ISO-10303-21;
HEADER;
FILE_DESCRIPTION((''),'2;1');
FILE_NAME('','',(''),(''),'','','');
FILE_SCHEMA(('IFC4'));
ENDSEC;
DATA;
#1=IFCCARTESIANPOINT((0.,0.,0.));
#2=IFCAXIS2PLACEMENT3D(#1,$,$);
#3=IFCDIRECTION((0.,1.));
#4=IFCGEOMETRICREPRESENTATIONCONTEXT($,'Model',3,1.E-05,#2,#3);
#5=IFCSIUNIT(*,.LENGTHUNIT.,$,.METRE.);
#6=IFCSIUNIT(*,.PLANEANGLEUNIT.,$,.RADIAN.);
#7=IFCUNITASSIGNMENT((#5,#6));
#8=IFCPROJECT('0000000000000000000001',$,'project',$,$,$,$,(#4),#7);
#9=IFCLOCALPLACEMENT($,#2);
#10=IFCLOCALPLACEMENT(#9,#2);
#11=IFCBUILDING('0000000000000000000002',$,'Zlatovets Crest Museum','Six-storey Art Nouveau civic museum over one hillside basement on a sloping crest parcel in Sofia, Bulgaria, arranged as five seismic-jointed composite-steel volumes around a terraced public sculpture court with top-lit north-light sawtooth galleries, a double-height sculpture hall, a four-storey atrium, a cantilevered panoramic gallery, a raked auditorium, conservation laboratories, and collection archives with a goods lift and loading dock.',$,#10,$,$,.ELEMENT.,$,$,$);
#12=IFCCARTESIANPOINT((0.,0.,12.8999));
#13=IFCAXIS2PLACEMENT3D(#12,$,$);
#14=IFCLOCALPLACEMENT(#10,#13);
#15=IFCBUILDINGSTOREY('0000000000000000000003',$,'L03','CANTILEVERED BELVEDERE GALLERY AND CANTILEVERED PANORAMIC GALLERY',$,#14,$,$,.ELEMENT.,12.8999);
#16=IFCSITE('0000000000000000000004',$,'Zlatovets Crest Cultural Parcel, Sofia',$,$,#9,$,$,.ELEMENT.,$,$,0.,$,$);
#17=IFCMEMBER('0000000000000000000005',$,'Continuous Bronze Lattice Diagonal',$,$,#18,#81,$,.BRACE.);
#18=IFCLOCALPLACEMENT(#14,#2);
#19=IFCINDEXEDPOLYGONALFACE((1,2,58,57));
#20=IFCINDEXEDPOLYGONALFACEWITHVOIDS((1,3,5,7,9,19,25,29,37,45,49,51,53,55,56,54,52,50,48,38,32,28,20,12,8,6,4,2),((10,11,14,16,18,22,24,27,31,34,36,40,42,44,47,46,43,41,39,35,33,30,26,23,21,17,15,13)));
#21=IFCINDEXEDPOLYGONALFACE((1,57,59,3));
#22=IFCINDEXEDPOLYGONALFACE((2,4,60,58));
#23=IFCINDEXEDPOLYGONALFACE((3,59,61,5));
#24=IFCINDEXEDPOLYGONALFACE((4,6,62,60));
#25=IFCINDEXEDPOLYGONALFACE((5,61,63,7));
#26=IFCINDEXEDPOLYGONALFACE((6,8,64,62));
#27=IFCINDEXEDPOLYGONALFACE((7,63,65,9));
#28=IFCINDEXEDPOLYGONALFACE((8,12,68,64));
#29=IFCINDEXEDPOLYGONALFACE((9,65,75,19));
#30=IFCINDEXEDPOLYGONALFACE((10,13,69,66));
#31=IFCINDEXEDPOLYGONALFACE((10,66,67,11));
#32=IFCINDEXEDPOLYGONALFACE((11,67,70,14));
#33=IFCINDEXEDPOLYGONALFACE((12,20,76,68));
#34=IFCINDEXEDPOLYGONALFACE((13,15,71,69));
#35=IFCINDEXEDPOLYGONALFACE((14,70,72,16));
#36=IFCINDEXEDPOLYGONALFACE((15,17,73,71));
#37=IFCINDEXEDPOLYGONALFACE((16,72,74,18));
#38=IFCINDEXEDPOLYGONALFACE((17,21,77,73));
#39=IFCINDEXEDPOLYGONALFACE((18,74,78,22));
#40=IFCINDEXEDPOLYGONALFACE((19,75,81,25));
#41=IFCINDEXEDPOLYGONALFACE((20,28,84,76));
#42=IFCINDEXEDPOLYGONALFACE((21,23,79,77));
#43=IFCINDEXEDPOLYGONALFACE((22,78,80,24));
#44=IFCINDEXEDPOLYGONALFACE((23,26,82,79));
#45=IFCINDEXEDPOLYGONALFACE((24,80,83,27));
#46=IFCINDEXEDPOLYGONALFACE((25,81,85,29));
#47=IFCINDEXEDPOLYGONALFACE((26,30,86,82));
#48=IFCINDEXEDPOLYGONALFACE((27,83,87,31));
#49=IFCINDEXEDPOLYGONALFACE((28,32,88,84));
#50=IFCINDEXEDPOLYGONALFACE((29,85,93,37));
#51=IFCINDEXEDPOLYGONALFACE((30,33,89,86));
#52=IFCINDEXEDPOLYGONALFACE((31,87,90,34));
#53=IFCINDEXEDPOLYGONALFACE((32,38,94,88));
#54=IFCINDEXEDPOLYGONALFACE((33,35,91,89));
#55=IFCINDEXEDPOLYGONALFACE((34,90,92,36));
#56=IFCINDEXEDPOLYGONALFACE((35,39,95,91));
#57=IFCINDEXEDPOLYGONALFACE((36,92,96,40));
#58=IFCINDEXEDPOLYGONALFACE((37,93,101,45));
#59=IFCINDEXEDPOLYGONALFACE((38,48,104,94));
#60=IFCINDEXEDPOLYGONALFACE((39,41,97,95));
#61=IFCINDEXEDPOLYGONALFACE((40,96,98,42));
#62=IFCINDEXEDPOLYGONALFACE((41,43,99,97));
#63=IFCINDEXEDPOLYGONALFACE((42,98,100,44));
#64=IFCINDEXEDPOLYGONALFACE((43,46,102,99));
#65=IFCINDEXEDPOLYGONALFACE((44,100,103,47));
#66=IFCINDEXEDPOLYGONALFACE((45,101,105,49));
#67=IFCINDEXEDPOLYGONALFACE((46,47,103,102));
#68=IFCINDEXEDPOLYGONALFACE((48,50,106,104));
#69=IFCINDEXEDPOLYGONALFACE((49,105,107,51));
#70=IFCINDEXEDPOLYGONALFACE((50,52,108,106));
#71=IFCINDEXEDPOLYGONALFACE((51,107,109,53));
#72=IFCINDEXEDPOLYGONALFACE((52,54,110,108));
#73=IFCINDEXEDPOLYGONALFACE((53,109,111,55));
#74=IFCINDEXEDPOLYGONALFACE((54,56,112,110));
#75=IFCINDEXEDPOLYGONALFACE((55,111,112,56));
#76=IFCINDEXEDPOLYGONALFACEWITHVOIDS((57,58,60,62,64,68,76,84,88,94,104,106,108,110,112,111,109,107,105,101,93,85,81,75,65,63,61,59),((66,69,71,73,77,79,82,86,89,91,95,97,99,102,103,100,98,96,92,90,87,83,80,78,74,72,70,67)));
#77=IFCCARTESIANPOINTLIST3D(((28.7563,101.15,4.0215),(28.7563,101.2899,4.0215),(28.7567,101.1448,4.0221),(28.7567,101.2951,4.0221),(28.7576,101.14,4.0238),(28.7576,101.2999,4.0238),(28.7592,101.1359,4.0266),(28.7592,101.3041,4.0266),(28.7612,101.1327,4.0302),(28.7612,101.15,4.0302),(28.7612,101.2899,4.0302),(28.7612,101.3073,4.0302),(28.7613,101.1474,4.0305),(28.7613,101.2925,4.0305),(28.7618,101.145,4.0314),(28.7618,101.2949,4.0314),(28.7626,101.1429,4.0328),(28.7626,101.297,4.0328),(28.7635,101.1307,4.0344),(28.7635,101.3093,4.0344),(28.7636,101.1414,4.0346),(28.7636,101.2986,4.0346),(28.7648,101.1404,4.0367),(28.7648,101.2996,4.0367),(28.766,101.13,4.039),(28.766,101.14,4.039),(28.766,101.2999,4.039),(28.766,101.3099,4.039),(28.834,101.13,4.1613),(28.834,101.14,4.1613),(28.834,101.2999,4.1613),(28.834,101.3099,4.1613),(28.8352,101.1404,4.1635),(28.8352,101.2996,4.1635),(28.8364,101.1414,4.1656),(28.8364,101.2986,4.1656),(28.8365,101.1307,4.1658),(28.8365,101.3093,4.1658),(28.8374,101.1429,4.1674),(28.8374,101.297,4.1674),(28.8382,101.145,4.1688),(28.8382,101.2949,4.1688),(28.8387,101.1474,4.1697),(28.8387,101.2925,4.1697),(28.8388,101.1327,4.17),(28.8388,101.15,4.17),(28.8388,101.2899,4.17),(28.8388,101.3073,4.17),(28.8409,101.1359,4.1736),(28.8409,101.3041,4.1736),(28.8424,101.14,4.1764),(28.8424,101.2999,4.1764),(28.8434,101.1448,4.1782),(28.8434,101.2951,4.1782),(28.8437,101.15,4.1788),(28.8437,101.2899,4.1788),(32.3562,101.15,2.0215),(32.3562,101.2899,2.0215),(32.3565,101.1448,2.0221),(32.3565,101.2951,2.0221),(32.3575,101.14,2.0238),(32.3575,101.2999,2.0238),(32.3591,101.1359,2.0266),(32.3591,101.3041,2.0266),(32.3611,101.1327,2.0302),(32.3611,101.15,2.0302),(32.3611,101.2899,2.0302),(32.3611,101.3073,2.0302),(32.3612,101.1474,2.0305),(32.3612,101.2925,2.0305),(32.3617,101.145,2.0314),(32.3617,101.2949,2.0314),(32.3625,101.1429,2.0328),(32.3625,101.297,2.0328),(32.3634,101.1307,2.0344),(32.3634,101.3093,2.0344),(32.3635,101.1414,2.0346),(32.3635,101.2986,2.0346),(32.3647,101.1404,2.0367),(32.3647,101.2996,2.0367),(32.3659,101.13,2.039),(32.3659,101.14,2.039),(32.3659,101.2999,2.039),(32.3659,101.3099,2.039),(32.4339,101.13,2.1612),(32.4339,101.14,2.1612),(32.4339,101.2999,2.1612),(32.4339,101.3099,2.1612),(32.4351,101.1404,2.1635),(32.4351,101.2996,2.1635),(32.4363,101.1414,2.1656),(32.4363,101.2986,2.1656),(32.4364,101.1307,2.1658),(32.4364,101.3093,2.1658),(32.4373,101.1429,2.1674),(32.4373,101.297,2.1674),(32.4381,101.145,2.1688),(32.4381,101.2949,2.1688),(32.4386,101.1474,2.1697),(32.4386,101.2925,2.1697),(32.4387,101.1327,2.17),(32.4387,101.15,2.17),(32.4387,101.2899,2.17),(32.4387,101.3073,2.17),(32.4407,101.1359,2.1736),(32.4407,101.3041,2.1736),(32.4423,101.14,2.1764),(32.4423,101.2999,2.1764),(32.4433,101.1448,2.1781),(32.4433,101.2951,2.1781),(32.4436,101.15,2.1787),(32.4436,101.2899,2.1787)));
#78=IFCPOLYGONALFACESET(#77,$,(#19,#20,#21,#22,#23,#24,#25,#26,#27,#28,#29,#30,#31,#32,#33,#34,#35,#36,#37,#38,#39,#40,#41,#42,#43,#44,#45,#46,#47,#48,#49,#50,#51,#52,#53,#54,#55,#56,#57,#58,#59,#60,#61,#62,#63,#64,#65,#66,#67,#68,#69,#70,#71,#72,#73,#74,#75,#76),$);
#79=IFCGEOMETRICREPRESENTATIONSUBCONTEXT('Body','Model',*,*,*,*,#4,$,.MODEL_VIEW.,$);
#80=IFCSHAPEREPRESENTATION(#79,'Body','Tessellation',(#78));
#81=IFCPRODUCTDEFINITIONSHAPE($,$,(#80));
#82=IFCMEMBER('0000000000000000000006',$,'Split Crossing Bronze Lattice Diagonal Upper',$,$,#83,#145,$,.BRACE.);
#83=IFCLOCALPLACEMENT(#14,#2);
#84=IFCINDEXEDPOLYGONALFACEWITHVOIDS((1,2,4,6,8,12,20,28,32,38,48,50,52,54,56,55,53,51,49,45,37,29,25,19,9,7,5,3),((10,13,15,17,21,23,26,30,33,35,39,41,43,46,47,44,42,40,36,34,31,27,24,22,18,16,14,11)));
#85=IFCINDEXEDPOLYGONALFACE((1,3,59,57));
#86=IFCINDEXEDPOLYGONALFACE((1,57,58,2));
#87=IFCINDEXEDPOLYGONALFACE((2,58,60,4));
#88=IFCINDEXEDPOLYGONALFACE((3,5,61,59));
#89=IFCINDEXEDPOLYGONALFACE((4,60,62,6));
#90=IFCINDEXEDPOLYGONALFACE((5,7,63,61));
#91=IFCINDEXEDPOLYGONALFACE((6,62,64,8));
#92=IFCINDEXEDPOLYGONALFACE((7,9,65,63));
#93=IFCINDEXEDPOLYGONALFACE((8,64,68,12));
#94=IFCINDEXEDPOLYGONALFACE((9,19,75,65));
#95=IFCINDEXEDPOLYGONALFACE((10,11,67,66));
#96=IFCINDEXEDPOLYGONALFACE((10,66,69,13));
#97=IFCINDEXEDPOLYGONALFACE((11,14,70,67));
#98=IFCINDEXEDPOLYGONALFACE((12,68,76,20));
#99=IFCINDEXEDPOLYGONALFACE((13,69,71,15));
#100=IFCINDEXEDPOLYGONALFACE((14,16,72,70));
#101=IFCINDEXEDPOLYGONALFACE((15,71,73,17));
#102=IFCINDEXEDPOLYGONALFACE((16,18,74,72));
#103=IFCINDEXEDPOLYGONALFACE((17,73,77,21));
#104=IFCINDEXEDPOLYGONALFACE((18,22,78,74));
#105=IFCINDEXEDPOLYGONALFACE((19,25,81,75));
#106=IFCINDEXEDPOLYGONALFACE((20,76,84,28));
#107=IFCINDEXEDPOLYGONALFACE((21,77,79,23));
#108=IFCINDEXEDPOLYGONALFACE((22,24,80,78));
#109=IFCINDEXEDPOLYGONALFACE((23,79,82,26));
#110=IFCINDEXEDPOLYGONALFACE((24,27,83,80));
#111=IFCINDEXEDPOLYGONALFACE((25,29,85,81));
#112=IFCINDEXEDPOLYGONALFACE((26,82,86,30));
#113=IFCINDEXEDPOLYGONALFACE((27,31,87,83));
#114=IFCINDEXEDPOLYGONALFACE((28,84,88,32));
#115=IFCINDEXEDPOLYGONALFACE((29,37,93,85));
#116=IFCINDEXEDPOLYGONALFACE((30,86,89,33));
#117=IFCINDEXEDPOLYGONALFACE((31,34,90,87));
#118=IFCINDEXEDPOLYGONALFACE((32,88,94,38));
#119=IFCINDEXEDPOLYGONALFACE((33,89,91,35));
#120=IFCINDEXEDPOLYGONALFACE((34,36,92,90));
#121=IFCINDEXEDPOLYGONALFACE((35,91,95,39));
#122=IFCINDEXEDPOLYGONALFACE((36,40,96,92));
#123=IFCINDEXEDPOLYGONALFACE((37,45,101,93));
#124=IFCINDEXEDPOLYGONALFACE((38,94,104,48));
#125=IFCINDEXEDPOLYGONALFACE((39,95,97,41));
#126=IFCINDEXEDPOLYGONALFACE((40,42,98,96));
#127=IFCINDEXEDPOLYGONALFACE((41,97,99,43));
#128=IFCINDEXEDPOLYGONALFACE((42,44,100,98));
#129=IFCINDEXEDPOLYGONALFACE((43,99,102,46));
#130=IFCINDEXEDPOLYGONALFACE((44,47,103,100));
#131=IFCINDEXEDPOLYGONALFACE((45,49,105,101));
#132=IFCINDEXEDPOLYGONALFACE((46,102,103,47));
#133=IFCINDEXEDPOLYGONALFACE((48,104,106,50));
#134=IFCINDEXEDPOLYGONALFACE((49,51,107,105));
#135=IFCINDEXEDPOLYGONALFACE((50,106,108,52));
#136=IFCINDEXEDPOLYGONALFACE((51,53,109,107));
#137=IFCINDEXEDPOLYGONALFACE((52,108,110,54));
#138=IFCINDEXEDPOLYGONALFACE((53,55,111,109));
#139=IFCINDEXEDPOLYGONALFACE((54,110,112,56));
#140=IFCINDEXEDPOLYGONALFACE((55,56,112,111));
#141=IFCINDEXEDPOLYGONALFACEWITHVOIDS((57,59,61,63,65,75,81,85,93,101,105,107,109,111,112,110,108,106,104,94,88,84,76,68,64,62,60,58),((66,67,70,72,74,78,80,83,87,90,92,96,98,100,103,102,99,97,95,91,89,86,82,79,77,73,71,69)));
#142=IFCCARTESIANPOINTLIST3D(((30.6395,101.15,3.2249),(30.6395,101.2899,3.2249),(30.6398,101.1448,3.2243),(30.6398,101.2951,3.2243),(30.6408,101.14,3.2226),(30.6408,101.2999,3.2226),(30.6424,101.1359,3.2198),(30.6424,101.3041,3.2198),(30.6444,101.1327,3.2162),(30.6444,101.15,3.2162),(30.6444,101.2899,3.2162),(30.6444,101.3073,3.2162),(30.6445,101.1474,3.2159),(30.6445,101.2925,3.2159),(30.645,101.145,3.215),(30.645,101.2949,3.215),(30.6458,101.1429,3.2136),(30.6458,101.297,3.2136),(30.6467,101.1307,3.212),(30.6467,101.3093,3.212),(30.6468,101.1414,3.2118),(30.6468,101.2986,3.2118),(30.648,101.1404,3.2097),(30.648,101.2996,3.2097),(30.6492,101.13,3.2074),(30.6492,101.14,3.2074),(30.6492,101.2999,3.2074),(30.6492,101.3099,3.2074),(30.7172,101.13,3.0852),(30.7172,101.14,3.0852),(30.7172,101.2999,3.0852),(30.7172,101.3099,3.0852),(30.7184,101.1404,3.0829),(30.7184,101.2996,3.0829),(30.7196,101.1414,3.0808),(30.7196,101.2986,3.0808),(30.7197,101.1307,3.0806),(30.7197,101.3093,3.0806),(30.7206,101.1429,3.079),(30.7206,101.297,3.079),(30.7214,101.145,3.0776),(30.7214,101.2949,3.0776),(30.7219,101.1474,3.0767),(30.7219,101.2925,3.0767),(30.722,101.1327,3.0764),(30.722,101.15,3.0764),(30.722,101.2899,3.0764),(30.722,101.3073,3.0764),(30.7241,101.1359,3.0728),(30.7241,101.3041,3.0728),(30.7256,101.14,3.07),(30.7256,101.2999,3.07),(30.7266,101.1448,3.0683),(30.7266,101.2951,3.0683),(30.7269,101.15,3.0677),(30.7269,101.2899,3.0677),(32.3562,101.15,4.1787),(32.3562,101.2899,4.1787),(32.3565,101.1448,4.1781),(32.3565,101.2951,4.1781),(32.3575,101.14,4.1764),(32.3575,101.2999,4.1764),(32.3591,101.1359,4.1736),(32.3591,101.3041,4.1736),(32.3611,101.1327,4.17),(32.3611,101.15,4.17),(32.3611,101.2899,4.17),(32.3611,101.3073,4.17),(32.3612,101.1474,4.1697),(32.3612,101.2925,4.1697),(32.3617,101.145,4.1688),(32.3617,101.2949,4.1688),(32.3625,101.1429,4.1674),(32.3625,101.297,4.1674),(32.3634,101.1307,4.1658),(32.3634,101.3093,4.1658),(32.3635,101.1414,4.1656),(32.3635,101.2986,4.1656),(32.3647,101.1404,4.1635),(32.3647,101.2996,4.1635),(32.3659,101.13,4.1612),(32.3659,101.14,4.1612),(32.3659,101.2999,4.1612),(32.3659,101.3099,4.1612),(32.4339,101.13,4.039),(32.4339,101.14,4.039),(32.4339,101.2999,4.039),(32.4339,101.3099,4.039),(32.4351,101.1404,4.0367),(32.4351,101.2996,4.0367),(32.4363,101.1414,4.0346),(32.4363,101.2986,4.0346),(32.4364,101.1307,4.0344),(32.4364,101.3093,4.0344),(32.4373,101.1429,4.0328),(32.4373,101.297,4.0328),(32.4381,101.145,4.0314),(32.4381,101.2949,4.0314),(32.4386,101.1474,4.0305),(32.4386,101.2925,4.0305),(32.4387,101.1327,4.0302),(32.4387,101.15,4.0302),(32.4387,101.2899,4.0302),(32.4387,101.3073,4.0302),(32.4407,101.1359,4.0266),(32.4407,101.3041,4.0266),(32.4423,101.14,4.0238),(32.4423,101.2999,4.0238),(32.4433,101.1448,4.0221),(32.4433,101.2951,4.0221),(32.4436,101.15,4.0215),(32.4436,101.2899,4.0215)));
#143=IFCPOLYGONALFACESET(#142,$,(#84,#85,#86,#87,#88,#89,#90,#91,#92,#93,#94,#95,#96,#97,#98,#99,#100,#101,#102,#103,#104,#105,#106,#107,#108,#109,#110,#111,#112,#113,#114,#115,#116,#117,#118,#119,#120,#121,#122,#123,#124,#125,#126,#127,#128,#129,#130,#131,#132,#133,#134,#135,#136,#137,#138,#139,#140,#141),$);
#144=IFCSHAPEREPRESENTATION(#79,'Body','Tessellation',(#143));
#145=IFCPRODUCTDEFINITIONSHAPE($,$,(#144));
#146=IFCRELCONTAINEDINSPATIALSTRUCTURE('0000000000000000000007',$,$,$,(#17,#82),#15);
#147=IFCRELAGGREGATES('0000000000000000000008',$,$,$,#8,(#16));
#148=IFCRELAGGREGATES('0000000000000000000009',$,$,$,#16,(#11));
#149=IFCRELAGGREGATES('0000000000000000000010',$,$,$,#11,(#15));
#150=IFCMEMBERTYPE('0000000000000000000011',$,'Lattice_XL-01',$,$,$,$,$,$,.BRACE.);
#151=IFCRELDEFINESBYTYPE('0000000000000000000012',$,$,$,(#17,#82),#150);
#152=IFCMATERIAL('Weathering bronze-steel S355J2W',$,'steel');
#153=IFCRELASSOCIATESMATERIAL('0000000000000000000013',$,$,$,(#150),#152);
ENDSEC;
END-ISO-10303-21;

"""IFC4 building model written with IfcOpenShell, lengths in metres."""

from ifc_helpers import new_model, si_unit, direction, frame, origin, origin_2d, place, context, subcontext, project, spatial, hollow_rectangle, extrude, material, material_profile, profile_set, type_object, element, save


model = new_model("IFC4")

# Units and contexts
model_context = context("Model", 3, precision=1e-05, world=origin(), true_north=direction((0.0, 1.0)))
body_context = subcontext(model_context, "Body", "Model", "MODEL_VIEW")
ifc_project = project(units=[si_unit("LENGTHUNIT", "METRE"), si_unit("PLANEANGLEUNIT", "RADIAN")], contexts=[model_context])

# Site, building, storey
site_placement = place(None, origin())
site = spatial("IfcSite", under=ifc_project, at=site_placement, Name="Zlatovets Crest Cultural Parcel, Sofia", CompositionType="ELEMENT", RefElevation=0.0)
building_placement = place(site_placement, origin())
building = spatial("IfcBuilding", under=site, at=building_placement, Name="Zlatovets Crest Museum", Description="Six-storey Art Nouveau civic museum over one hillside basement on a sloping crest parcel in Sofia, Bulgaria, arranged as five seismic-jointed composite-steel volumes around a terraced public sculpture court with top-lit north-light sawtooth galleries, a double-height sculpture hall, a four-storey atrium, a cantilevered panoramic gallery, a raked auditorium, conservation laboratories, and collection archives with a goods lift and loading dock.", CompositionType="ELEMENT")
storey_placement = place(building_placement, frame((0.0, 0.0, 12.8999)))
storey = spatial("IfcBuildingStorey", under=building, at=storey_placement, Name="L03", Description="CANTILEVERED BELVEDERE GALLERY AND CANTILEVERED PANORAMIC GALLERY", CompositionType="ELEMENT", Elevation=12.8999)

# Members
ifc_material_1 = material(Name="Weathering bronze-steel S355J2W", Category="steel")
ifc_material_profile_1 = material_profile(ifc_material_1, hollow_rectangle(XDim=0.1799, YDim=0.1799, WallThickness=0.01, InnerFilletRadius=0.01, OuterFilletRadius=0.02, at=origin_2d()), Name="SHS 180x180x10.0")
ifc_profile_set_1 = profile_set([ifc_material_profile_1], Name="Weathering bronze-steel S355J2W")
member_type_1 = type_object("IfcMemberType", Name="Lattice_XL-01", PredefinedType="BRACE", material=ifc_profile_set_1)
member_1_placement = place(storey_placement, frame((32.3999, 101.22, 2.1001), z_axis=(-0.874149, 0.0, 0.485658), x_axis=(0.0, -1.0, 0.0)))
element("IfcMember", 1, at=member_1_placement, inside=storey, type_object=member_type_1, Name="Continuous Bronze Lattice Diagonal", PredefinedType="BRACE", context=body_context, shape_type="SweptSolid", body=[
    extrude(hollow_rectangle(XDim=0.1799, YDim=0.1799, WallThickness=0.01, InnerFilletRadius=0.01, OuterFilletRadius=0.02, at=origin_2d()), origin(), (0.0, 0.0, 1.0), 4.1182),
])
member_2_placement = place(storey_placement, frame((32.3999, 101.22, 4.1001), z_axis=(-0.87414, 0.0, -0.485675), x_axis=(0.0, -1.0, 0.0)))
element("IfcMember", 2, at=member_2_placement, inside=storey, type_object=member_type_1, Name="Split Crossing Bronze Lattice Diagonal Upper", PredefinedType="BRACE", context=body_context, shape_type="SweptSolid", body=[
    extrude(hollow_rectangle(XDim=0.1799, YDim=0.1799, WallThickness=0.01, InnerFilletRadius=0.01, OuterFilletRadius=0.02, at=origin_2d()), origin(), (0.0, 0.0, 1.0), 1.9639),
])

save(model, "model.ifc")
